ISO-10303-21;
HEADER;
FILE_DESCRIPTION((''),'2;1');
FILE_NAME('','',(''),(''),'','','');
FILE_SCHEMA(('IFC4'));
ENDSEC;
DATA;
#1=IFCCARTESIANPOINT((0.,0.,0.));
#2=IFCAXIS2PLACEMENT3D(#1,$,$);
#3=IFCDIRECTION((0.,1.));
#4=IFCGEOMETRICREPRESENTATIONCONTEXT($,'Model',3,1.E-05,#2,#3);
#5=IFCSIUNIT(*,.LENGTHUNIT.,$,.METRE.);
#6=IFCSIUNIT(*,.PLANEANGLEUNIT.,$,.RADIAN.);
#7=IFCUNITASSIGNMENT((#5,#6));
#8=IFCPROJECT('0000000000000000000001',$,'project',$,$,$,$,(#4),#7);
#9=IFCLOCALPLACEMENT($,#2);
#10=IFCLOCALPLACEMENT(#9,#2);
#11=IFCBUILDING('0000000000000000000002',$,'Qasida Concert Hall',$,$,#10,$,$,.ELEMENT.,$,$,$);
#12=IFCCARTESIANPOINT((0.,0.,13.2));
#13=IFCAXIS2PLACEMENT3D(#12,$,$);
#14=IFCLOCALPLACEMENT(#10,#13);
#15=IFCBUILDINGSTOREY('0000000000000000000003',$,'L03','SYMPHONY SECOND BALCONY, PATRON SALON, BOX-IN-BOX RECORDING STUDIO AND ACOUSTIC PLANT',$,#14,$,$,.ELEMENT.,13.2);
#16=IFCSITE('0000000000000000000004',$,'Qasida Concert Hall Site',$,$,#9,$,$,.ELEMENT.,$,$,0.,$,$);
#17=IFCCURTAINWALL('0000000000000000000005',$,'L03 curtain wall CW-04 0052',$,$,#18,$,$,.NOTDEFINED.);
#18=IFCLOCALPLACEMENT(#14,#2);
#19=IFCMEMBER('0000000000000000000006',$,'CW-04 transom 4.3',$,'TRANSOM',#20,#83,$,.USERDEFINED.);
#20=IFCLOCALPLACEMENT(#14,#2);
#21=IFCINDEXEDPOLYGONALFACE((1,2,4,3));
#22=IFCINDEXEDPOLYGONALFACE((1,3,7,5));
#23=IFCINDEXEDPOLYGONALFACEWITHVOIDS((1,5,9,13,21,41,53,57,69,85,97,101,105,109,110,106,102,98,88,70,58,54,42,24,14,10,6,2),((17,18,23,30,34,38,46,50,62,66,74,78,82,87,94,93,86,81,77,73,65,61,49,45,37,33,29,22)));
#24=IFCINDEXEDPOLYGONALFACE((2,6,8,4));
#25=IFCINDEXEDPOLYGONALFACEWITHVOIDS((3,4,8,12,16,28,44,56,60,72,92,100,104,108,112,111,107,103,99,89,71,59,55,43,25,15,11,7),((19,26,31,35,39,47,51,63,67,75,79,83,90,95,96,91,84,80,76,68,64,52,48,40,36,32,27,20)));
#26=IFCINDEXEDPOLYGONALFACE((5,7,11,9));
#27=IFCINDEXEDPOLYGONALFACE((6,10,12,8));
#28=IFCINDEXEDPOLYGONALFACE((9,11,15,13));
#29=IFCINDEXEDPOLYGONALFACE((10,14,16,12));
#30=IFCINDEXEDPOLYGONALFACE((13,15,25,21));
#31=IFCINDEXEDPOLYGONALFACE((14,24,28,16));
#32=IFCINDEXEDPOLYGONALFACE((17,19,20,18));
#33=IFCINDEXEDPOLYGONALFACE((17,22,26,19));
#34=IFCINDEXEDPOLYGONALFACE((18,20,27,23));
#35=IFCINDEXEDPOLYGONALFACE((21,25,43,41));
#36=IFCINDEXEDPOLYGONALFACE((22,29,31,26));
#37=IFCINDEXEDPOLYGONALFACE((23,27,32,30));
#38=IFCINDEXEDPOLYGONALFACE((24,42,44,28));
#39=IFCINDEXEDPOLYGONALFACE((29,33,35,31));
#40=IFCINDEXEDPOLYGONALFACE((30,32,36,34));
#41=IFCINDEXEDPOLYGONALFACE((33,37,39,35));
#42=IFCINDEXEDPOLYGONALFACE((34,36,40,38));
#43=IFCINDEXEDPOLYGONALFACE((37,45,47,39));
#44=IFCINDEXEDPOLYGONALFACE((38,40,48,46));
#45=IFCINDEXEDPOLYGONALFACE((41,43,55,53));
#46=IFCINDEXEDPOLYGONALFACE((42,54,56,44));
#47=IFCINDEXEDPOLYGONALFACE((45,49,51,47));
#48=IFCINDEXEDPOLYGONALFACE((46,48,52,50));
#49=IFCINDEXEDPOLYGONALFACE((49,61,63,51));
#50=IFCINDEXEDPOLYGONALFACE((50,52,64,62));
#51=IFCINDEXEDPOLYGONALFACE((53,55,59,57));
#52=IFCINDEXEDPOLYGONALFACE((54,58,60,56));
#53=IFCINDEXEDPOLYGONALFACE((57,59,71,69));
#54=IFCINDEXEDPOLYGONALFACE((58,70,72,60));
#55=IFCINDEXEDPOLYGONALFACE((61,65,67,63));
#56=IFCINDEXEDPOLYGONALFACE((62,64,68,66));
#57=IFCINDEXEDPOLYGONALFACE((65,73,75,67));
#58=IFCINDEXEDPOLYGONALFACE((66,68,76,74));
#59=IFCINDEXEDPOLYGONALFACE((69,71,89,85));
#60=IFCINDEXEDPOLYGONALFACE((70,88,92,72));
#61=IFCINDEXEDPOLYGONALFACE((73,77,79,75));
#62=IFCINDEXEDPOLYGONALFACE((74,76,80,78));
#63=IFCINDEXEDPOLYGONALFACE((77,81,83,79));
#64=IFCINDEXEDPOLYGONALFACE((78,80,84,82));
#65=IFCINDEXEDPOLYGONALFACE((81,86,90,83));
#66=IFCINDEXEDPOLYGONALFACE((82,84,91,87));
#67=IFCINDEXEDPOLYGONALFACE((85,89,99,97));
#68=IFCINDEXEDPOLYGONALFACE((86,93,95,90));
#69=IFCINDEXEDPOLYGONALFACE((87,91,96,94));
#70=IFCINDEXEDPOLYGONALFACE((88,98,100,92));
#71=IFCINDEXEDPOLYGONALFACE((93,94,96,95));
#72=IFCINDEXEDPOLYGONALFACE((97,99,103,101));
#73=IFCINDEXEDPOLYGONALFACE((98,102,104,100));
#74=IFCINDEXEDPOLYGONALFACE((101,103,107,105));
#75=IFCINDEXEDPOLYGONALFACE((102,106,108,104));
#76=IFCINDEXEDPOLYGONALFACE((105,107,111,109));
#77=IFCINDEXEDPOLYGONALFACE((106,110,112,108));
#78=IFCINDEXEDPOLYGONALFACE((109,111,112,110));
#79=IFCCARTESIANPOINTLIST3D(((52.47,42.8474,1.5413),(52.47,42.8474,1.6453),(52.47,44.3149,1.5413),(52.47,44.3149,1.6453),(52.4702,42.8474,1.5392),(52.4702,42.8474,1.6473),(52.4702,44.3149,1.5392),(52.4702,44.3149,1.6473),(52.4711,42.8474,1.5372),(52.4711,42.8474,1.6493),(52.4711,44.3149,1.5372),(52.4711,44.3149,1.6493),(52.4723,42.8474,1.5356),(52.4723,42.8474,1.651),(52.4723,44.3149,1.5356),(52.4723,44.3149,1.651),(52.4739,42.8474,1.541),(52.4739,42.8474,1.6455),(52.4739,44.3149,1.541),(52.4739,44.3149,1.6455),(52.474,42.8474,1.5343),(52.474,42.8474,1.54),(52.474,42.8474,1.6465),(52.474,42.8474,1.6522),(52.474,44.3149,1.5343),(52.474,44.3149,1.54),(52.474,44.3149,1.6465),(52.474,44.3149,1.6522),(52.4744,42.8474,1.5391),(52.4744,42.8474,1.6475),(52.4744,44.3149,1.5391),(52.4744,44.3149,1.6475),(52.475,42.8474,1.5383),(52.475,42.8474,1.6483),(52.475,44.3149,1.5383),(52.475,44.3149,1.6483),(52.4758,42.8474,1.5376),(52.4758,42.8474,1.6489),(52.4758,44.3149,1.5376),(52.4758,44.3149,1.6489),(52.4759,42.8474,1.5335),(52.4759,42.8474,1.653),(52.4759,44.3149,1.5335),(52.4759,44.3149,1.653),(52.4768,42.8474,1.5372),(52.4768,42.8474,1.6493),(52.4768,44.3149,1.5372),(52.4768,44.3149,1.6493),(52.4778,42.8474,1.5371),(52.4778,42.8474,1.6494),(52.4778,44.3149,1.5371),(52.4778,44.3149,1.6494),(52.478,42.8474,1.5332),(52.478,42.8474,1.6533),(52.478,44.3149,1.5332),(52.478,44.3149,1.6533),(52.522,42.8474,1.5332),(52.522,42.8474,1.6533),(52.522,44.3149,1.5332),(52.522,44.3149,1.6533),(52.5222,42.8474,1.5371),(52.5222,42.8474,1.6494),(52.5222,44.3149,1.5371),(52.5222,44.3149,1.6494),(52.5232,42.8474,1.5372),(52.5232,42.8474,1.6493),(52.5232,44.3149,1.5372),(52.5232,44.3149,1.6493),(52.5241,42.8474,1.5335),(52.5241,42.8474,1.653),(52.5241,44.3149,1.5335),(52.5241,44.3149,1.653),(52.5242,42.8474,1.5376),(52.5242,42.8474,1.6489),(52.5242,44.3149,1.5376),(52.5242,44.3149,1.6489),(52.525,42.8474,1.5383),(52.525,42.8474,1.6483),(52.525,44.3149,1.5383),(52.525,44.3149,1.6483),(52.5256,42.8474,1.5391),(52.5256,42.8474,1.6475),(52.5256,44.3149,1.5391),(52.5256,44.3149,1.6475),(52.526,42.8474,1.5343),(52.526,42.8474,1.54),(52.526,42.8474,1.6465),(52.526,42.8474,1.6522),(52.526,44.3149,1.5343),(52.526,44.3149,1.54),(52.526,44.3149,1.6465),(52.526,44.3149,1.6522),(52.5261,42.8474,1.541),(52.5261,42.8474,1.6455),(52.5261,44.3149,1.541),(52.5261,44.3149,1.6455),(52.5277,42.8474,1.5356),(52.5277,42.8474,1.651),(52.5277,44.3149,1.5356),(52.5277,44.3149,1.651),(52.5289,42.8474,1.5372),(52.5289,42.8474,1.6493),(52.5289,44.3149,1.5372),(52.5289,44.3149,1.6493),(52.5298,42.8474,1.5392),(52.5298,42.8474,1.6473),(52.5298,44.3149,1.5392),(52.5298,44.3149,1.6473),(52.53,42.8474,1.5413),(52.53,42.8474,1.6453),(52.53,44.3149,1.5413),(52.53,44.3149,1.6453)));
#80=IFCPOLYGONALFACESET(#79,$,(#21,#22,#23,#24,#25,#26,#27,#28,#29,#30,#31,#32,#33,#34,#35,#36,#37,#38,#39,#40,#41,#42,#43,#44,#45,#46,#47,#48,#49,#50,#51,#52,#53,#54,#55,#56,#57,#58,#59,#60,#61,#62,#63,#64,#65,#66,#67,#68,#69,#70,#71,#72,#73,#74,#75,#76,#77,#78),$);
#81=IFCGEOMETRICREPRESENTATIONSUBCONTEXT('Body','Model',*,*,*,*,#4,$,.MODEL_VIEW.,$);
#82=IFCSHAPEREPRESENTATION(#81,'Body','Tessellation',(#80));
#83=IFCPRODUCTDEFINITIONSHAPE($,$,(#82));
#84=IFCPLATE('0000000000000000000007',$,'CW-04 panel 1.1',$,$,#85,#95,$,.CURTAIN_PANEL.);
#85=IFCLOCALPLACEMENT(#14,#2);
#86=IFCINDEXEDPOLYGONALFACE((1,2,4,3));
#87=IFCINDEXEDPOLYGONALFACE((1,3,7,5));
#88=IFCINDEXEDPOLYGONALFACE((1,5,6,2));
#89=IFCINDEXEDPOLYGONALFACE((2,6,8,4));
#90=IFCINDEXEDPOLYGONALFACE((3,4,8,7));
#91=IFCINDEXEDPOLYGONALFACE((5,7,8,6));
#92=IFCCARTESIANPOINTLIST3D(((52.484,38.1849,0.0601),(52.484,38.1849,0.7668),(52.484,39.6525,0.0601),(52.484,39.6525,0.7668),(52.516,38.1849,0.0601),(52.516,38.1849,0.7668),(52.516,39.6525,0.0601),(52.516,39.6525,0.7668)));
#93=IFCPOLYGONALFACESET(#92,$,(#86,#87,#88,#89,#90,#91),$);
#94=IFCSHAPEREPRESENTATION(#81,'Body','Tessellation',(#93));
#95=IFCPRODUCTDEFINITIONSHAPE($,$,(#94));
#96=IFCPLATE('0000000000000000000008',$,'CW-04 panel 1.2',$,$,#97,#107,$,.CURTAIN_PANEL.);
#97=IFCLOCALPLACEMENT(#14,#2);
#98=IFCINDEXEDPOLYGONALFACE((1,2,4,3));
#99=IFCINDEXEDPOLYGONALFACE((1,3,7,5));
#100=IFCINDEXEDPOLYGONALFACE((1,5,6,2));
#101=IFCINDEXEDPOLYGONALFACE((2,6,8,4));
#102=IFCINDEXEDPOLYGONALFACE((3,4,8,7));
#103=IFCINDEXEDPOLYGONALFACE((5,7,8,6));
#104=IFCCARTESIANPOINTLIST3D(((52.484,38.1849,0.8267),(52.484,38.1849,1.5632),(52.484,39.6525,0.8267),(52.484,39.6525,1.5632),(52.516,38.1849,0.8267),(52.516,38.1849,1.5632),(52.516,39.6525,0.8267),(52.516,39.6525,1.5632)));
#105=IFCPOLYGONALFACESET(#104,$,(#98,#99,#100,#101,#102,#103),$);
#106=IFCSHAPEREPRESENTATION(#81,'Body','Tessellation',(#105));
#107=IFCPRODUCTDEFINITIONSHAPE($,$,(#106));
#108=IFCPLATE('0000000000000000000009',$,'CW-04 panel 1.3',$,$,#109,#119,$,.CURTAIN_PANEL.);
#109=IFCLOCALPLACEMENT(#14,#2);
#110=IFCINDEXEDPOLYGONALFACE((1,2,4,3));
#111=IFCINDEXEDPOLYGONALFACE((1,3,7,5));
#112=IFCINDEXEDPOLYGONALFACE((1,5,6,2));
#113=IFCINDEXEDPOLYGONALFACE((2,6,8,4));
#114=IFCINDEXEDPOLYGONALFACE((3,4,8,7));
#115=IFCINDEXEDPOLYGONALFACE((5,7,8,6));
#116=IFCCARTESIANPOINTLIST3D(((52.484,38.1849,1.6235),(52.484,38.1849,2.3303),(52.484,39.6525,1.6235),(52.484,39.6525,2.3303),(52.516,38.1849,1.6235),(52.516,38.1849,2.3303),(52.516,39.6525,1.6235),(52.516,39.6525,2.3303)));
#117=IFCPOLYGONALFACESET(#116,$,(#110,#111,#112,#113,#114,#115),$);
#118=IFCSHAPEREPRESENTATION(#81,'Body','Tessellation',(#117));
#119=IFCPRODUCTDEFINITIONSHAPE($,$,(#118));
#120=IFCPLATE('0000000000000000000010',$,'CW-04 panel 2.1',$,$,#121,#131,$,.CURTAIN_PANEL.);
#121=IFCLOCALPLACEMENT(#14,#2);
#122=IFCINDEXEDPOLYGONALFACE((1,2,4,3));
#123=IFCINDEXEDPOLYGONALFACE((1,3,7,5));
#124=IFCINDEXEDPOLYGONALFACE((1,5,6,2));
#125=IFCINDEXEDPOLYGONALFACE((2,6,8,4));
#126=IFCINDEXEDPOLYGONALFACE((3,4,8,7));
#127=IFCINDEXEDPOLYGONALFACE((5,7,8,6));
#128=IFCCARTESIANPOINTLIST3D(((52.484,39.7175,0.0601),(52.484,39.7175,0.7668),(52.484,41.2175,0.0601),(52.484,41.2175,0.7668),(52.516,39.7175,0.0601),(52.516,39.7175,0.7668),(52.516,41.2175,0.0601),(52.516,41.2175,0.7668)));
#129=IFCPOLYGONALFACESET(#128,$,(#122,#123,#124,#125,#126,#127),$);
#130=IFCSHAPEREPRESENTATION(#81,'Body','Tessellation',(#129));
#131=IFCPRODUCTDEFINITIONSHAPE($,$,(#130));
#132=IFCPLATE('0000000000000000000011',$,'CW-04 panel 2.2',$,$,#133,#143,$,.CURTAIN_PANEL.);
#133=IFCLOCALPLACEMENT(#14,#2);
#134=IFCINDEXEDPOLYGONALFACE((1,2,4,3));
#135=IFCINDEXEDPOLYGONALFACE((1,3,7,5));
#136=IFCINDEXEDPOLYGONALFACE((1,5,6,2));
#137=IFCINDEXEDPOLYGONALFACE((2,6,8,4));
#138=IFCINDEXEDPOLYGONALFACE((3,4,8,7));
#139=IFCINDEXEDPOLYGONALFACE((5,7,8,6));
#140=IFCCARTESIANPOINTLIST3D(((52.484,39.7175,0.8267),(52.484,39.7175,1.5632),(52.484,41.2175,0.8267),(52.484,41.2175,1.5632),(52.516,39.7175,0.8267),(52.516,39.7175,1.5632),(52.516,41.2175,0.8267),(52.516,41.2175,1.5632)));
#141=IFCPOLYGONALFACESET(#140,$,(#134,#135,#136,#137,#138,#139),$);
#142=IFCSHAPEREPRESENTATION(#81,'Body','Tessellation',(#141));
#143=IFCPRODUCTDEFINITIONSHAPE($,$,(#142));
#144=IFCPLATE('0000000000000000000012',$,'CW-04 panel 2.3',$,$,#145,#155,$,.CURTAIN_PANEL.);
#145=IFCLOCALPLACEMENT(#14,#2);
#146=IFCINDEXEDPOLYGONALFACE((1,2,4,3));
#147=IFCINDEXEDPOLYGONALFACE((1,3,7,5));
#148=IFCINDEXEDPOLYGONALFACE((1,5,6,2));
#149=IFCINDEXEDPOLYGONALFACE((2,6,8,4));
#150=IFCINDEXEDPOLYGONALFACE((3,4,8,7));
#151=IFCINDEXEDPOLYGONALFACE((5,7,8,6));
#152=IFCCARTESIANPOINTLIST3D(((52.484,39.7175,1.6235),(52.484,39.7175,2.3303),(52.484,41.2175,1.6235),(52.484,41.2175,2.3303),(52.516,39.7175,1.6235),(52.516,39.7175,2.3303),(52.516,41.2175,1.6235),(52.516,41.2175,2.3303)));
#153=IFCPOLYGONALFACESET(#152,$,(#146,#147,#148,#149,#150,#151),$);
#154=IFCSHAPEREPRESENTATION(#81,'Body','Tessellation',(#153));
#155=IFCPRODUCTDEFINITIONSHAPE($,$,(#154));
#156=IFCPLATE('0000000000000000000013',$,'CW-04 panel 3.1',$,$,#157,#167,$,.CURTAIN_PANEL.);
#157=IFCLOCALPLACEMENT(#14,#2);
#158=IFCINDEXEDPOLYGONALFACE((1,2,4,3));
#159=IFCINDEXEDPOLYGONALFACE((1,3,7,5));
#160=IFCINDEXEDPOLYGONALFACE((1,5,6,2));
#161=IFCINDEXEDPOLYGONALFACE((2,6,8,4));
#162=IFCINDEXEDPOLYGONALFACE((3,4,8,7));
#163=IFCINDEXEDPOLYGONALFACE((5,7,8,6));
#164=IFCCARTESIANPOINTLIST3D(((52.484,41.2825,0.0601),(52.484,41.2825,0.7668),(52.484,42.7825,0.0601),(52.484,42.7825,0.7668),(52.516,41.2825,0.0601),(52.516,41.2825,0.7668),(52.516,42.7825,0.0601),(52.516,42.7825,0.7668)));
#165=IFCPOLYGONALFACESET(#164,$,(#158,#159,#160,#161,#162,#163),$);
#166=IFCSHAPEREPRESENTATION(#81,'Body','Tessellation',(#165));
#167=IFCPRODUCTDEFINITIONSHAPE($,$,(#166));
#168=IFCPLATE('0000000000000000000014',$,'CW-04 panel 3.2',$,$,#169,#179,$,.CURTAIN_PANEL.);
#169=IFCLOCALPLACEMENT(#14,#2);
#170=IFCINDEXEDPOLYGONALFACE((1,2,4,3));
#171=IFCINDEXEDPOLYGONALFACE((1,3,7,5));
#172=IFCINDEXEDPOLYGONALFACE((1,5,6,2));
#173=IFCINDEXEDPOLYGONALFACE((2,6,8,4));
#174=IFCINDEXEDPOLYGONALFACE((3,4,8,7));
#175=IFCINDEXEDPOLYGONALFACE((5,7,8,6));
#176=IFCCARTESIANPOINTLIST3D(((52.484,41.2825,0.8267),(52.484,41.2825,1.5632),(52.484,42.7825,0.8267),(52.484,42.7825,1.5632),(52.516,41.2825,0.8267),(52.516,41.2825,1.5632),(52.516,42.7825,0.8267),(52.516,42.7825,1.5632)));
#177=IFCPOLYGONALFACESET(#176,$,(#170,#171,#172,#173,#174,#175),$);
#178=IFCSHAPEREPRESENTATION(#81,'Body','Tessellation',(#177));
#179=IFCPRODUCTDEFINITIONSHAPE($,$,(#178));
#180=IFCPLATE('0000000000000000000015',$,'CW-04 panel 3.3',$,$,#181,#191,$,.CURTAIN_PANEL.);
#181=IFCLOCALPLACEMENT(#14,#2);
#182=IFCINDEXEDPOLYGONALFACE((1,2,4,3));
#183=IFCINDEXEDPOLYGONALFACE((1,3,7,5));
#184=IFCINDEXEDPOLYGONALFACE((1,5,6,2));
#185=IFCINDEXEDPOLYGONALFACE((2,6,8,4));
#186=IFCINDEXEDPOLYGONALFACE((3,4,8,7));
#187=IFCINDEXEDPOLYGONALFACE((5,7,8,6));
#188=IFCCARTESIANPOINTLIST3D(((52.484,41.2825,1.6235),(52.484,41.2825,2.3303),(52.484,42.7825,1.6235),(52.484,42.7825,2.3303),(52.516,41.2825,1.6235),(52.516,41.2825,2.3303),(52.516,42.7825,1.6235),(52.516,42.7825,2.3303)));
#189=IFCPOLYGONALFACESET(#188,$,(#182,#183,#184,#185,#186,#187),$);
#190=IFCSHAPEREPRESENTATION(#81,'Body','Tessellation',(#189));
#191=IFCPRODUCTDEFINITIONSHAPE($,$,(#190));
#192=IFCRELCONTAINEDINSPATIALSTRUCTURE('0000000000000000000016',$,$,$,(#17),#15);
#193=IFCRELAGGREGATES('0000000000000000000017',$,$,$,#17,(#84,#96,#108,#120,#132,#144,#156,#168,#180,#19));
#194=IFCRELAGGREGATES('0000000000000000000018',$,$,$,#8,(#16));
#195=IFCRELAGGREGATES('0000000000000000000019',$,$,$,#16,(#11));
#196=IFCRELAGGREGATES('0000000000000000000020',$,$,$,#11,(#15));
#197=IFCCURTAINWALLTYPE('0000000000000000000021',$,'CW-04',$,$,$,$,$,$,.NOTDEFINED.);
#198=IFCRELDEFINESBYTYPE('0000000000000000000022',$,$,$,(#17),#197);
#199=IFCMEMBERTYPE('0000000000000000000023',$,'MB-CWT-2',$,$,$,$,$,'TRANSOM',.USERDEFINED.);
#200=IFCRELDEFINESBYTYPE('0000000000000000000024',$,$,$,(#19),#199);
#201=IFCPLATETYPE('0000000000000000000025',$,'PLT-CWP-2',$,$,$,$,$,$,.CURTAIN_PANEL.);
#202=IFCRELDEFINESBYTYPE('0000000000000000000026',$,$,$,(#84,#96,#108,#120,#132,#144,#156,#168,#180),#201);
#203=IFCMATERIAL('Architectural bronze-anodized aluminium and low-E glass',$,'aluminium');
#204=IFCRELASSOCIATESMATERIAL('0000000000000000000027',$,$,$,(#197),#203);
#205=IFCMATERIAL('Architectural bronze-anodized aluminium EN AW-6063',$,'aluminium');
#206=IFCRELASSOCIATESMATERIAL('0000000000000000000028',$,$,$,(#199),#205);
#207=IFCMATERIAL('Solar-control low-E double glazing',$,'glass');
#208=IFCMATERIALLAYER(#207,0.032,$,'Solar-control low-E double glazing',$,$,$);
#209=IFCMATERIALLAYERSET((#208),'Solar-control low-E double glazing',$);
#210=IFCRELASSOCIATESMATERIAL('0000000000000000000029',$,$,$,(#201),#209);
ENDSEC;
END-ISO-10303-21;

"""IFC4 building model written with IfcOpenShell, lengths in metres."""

from ifc_helpers import new_model, si_unit, direction, frame, origin, origin_2d, place, context, subcontext, project, spatial, rectangle, hollow_rectangle, extrude, material, layer, layer_set, material_profile, profile_set, type_object, element, aggregate, save


model = new_model("IFC4")

# Units and contexts
model_context = context("Model", 3, precision=1e-05, world=origin(), true_north=direction((0.0, 1.0)))
body_context = subcontext(model_context, "Body", "Model", "MODEL_VIEW")
ifc_project = project(units=[si_unit("LENGTHUNIT", "METRE"), si_unit("PLANEANGLEUNIT", "RADIAN")], contexts=[model_context])

# Site, building, storey
site_placement = place(None, origin())
site = spatial("IfcSite", under=ifc_project, at=site_placement, Name="Qasida Concert Hall Site", CompositionType="ELEMENT", RefElevation=0.0)
building_placement = place(site_placement, origin())
building = spatial("IfcBuilding", under=site, at=building_placement, Name="Qasida Concert Hall", CompositionType="ELEMENT")
storey_placement = place(building_placement, frame((0.0, 0.0, 13.2)))
storey = spatial("IfcBuildingStorey", under=building, at=storey_placement, Name="L03", Description="SYMPHONY SECOND BALCONY, PATRON SALON, BOX-IN-BOX RECORDING STUDIO AND ACOUSTIC PLANT", CompositionType="ELEMENT", Elevation=13.2)

# Curtain wall, member, plates
ifc_material_1 = material(Name="Architectural bronze-anodized aluminium and low-E glass", Category="aluminium")
curtain_wall_type = type_object("IfcCurtainWallType", Name="CW-04", PredefinedType="NOTDEFINED", material=ifc_material_1)
curtain_wall_placement = place(storey_placement, origin())
curtain_wall = element("IfcCurtainWall", 1, at=curtain_wall_placement, inside=storey, type_object=curtain_wall_type, Name="L03 curtain wall CW-04 0052", PredefinedType="NOTDEFINED")
ifc_material_2 = material(Name="Architectural bronze-anodized aluminium EN AW-6063", Category="aluminium")
ifc_material_profile_1 = material_profile(ifc_material_2, hollow_rectangle(XDim=0.0601, YDim=0.1201, WallThickness=0.0039, InnerFilletRadius=0.0039, OuterFilletRadius=0.0081, at=origin_2d()), Name="CWT 120x60x4")
ifc_profile_set_1 = profile_set([ifc_material_profile_1], Name="Architectural bronze-anodized aluminium EN AW-6063")
member_type_1 = type_object("IfcMemberType", Name="MB-CWT-2", ElementType="TRANSOM", PredefinedType="USERDEFINED", material=ifc_profile_set_1)
member_1_placement = place(storey_placement, frame((52.5, 42.8474, 1.5933), z_axis=(0.0, 1.0, 0.0), x_axis=(-1.0, 0.0, 0.0)))
member_1 = element("IfcMember", 2, at=member_1_placement, type_object=member_type_1, Name="CW-04 transom 4.3", ObjectType="TRANSOM", PredefinedType="USERDEFINED", context=body_context, shape_type="SweptSolid", body=[
    extrude(hollow_rectangle(XDim=0.0601, YDim=0.1201, WallThickness=0.0039, InnerFilletRadius=0.0039, OuterFilletRadius=0.0081, at=origin_2d()), origin(), (0.0, 0.0, 1.0), 1.4675),
])
ifc_material_3 = material(Name="Solar-control low-E double glazing", Category="glass")
ifc_layer_1 = layer(ifc_material_3, 0.032, Name="Solar-control low-E double glazing")
ifc_layer_set_1 = layer_set([ifc_layer_1], Name="Solar-control low-E double glazing")
plate_type = type_object("IfcPlateType", Name="PLT-CWP-2", PredefinedType="CURTAIN_PANEL", material=ifc_layer_set_1)
plate_1_placement = place(storey_placement, frame((52.5, 38.9187, 0.0601), z_axis=(0.0, 0.0, 1.0), x_axis=(0.0, 1.0, 0.0)))
plate_1 = element("IfcPlate", 3, at=plate_1_placement, type_object=plate_type, Name="CW-04 panel 1.1", PredefinedType="CURTAIN_PANEL", context=body_context, shape_type="SweptSolid", body=[
    extrude(rectangle(XDim=1.4675, YDim=0.032, at=origin_2d()), origin(), (0.0, 0.0, 1.0), 0.7068),
])
plate_2_placement = place(storey_placement, frame((52.5, 38.9187, 0.8267), z_axis=(0.0, 0.0, 1.0), x_axis=(0.0, 1.0, 0.0)))
plate_2 = element("IfcPlate", 4, at=plate_2_placement, type_object=plate_type, Name="CW-04 panel 1.2", PredefinedType="CURTAIN_PANEL", context=body_context, shape_type="SweptSolid", body=[
    extrude(rectangle(XDim=1.4675, YDim=0.032, at=origin_2d()), origin(), (0.0, 0.0, 1.0), 0.7366),
])
plate_3_placement = place(storey_placement, frame((52.5, 38.9187, 1.6235), z_axis=(0.0, 0.0, 1.0), x_axis=(0.0, 1.0, 0.0)))
plate_3 = element("IfcPlate", 5, at=plate_3_placement, type_object=plate_type, Name="CW-04 panel 1.3", PredefinedType="CURTAIN_PANEL", context=body_context, shape_type="SweptSolid", body=[
    extrude(rectangle(XDim=1.4675, YDim=0.032, at=origin_2d()), origin(), (0.0, 0.0, 1.0), 0.7068),
])
plate_4_placement = place(storey_placement, frame((52.5, 40.4675, 0.0601), z_axis=(0.0, 0.0, 1.0), x_axis=(0.0, 1.0, 0.0)))
plate_4 = element("IfcPlate", 6, at=plate_4_placement, type_object=plate_type, Name="CW-04 panel 2.1", PredefinedType="CURTAIN_PANEL", context=body_context, shape_type="SweptSolid", body=[
    extrude(rectangle(XDim=1.5, YDim=0.032, at=origin_2d()), origin(), (0.0, 0.0, 1.0), 0.7068),
])
plate_5_placement = place(storey_placement, frame((52.5, 40.4675, 0.8267), z_axis=(0.0, 0.0, 1.0), x_axis=(0.0, 1.0, 0.0)))
plate_5 = element("IfcPlate", 7, at=plate_5_placement, type_object=plate_type, Name="CW-04 panel 2.2", PredefinedType="CURTAIN_PANEL", context=body_context, shape_type="SweptSolid", body=[
    extrude(rectangle(XDim=1.5, YDim=0.032, at=origin_2d()), origin(), (0.0, 0.0, 1.0), 0.7366),
])
plate_6_placement = place(storey_placement, frame((52.5, 40.4675, 1.6235), z_axis=(0.0, 0.0, 1.0), x_axis=(0.0, 1.0, 0.0)))
plate_6 = element("IfcPlate", 8, at=plate_6_placement, type_object=plate_type, Name="CW-04 panel 2.3", PredefinedType="CURTAIN_PANEL", context=body_context, shape_type="SweptSolid", body=[
    extrude(rectangle(XDim=1.5, YDim=0.032, at=origin_2d()), origin(), (0.0, 0.0, 1.0), 0.7068),
])
plate_7_placement = place(storey_placement, frame((52.5, 42.0325, 0.0601), z_axis=(0.0, 0.0, 1.0), x_axis=(0.0, 1.0, 0.0)))
plate_7 = element("IfcPlate", 9, at=plate_7_placement, type_object=plate_type, Name="CW-04 panel 3.1", PredefinedType="CURTAIN_PANEL", context=body_context, shape_type="SweptSolid", body=[
    extrude(rectangle(XDim=1.5, YDim=0.032, at=origin_2d()), origin(), (0.0, 0.0, 1.0), 0.7068),
])
plate_8_placement = place(storey_placement, frame((52.5, 42.0325, 0.8267), z_axis=(0.0, 0.0, 1.0), x_axis=(0.0, 1.0, 0.0)))
plate_8 = element("IfcPlate", 10, at=plate_8_placement, type_object=plate_type, Name="CW-04 panel 3.2", PredefinedType="CURTAIN_PANEL", context=body_context, shape_type="SweptSolid", body=[
    extrude(rectangle(XDim=1.5, YDim=0.032, at=origin_2d()), origin(), (0.0, 0.0, 1.0), 0.7366),
])
plate_9_placement = place(storey_placement, frame((52.5, 42.0325, 1.6235), z_axis=(0.0, 0.0, 1.0), x_axis=(0.0, 1.0, 0.0)))
plate_9 = element("IfcPlate", 11, at=plate_9_placement, type_object=plate_type, Name="CW-04 panel 3.3", PredefinedType="CURTAIN_PANEL", context=body_context, shape_type="SweptSolid", body=[
    extrude(rectangle(XDim=1.5, YDim=0.032, at=origin_2d()), origin(), (0.0, 0.0, 1.0), 0.7068),
])
aggregate(curtain_wall, [plate_1, plate_2, plate_3, plate_4, plate_5, plate_6, plate_7, plate_8, plate_9, member_1])

save(model, "model.ifc")
